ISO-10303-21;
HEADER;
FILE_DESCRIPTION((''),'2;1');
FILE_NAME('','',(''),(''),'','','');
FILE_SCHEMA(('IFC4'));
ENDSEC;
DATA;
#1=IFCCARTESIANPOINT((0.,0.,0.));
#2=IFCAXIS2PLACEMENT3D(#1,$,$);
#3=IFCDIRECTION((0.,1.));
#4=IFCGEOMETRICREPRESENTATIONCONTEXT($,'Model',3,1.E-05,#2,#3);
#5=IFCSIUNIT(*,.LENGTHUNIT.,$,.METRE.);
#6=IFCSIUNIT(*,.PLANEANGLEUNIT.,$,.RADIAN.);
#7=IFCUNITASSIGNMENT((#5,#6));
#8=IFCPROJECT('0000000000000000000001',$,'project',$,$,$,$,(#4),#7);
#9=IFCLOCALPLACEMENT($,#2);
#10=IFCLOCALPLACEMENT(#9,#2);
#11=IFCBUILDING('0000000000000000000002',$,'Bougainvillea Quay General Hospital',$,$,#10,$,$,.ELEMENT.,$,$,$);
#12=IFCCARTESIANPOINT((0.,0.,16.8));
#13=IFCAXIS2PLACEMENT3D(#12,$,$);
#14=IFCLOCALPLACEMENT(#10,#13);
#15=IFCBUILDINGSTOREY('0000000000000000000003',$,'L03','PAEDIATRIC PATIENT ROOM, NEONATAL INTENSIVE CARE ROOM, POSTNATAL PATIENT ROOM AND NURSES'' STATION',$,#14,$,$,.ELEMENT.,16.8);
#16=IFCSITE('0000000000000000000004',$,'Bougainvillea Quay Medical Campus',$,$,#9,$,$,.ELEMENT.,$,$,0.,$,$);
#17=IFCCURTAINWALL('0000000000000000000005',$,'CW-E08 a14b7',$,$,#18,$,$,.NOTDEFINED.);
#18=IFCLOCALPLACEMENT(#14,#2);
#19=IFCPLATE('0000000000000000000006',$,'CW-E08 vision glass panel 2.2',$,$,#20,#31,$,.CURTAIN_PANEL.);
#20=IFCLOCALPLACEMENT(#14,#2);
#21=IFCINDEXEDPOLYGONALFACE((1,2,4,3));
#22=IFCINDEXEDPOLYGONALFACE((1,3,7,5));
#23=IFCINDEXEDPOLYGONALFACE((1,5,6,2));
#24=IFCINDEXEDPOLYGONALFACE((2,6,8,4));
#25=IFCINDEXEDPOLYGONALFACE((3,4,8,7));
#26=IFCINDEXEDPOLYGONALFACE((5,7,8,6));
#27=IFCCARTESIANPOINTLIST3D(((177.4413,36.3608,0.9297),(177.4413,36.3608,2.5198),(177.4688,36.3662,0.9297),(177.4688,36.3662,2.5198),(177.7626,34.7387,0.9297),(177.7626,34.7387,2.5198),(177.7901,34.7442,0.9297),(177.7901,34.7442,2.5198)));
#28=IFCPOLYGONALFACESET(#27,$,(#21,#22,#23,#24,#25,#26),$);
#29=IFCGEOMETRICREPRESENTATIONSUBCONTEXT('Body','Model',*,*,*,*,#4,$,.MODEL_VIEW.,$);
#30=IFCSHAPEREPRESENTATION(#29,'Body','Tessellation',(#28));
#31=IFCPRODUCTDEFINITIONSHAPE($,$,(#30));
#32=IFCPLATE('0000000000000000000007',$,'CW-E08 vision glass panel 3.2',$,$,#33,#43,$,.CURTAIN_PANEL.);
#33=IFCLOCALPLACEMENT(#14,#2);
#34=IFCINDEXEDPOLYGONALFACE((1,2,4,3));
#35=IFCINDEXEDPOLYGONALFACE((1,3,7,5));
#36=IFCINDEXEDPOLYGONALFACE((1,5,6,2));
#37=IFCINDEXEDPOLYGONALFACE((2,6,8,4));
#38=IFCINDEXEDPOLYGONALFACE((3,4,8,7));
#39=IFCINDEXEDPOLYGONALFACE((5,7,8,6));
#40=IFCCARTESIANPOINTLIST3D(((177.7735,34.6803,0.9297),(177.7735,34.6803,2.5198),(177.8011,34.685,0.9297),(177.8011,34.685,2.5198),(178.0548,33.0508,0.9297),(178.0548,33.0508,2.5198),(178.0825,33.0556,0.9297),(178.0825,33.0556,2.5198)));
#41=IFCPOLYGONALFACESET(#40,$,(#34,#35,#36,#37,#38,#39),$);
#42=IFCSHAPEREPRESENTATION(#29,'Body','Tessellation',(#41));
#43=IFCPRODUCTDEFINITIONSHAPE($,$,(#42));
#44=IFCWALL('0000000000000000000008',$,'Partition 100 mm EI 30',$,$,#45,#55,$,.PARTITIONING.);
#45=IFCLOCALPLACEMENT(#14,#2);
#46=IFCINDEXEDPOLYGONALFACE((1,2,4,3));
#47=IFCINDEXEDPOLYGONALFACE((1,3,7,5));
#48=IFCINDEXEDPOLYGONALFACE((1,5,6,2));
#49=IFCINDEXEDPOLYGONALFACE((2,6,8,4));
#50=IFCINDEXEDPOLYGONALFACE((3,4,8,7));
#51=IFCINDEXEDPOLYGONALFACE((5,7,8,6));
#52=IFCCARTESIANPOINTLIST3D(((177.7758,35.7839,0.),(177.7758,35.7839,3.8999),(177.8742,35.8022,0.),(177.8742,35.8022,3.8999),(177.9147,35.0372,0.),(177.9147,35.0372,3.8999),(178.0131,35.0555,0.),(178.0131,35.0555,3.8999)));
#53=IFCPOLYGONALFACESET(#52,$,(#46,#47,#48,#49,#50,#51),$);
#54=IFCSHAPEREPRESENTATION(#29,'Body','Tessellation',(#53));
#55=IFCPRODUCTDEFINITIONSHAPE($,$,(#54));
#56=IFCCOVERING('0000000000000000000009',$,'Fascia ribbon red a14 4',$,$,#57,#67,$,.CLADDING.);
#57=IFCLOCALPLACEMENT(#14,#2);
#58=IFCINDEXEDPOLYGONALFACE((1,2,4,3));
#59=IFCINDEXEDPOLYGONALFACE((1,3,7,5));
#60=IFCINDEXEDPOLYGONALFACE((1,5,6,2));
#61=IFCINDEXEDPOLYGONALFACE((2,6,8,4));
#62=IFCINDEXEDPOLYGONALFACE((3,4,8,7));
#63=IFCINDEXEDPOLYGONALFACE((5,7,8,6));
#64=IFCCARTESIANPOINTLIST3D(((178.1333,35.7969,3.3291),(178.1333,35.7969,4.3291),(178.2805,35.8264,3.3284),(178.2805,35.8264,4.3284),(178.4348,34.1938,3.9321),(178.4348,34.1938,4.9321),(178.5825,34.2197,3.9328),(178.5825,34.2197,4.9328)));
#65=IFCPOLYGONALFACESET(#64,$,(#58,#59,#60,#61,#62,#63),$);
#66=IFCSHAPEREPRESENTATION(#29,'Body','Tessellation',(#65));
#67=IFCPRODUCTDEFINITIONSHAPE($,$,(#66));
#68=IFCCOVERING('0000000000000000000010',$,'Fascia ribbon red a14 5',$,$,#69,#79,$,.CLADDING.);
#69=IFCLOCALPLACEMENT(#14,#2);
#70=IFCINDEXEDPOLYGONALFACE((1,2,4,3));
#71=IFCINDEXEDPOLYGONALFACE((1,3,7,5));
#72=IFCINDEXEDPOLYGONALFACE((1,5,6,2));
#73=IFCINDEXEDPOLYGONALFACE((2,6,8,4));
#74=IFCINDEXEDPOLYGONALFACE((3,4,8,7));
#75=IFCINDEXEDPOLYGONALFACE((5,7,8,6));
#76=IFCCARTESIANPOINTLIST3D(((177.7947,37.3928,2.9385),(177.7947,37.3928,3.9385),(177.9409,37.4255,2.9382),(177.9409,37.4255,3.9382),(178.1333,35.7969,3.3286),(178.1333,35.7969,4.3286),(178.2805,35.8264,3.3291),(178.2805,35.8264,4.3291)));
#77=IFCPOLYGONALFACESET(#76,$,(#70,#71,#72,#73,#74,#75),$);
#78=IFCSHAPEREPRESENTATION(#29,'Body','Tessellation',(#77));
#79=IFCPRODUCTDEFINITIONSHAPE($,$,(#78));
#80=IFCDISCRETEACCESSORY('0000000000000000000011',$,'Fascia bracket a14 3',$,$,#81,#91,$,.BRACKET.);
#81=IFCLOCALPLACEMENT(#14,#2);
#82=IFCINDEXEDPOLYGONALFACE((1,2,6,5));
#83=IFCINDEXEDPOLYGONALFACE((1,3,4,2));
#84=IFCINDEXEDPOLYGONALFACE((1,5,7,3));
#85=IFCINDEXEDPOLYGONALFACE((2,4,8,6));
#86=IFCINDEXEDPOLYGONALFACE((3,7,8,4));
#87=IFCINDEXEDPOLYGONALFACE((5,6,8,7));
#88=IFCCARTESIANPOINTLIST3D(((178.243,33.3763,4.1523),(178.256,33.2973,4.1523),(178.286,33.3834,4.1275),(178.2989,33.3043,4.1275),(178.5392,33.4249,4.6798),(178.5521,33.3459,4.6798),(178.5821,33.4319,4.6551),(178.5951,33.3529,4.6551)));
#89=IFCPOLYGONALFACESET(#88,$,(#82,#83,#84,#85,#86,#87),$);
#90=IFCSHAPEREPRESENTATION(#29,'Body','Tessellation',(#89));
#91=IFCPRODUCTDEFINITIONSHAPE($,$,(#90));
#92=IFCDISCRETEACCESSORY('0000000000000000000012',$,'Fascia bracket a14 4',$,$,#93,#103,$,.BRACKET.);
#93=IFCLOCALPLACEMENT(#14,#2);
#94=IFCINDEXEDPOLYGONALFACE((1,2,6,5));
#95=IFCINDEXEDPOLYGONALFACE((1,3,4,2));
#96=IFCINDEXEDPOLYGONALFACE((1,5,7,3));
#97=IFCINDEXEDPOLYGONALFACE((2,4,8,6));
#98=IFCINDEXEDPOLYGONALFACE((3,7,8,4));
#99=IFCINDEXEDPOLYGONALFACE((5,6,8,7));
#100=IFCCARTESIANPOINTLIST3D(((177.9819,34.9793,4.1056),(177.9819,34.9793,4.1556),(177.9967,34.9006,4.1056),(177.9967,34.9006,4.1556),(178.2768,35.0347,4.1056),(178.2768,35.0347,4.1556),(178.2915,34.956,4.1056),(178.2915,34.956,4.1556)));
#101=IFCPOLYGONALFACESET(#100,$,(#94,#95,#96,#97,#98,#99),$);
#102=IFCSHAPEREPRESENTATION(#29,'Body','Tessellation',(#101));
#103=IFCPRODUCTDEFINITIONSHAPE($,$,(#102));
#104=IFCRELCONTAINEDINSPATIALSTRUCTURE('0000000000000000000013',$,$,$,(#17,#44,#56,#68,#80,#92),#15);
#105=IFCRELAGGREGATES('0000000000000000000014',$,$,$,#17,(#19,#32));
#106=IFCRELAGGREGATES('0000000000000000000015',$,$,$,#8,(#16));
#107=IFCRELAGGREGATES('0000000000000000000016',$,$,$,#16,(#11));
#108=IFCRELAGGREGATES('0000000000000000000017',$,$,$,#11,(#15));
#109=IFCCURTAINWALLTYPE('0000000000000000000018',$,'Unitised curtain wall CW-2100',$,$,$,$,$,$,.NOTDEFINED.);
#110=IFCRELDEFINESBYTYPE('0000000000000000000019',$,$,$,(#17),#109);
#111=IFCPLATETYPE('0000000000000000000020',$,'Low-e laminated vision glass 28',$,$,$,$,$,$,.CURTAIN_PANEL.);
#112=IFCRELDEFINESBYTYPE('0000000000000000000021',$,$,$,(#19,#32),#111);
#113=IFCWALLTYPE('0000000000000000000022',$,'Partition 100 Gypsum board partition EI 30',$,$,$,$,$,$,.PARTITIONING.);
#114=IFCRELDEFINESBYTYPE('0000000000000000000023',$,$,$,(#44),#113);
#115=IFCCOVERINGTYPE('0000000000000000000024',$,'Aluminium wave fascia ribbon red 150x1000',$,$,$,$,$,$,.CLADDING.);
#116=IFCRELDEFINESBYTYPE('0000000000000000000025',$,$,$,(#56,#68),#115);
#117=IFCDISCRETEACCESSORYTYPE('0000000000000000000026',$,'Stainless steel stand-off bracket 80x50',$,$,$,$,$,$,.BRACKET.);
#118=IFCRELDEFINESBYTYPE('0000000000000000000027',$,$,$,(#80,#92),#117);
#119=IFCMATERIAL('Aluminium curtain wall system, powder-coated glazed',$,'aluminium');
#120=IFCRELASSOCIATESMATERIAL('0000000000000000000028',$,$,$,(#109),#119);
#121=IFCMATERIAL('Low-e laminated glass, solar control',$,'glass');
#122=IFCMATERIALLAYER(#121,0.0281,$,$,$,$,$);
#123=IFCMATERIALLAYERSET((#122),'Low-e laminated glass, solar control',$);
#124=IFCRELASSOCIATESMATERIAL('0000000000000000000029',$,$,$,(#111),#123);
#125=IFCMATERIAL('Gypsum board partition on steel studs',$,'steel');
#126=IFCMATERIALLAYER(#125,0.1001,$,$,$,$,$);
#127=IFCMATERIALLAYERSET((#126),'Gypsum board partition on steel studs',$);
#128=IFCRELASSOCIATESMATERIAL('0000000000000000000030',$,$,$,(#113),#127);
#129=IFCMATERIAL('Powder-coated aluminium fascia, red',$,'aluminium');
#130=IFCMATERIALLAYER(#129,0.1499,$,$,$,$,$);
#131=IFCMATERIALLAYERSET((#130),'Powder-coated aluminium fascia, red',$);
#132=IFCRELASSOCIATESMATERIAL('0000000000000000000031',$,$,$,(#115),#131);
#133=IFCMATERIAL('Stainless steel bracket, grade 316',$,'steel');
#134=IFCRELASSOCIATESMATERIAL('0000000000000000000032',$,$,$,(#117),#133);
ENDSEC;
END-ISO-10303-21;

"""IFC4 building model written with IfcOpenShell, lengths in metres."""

from ifc_helpers import new_model, si_unit, direction, frame, frame_2d, origin, origin_2d, place, context, subcontext, project, spatial, polyline, rectangle, outline, extrude, material, layer, layer_set, material_profile, profile_set, type_object, element, aggregate, save


model = new_model("IFC4")

# Units and contexts
model_context = context("Model", 3, precision=1e-05, world=origin(), true_north=direction((0.0, 1.0)))
body_context = subcontext(model_context, "Body", "Model", "MODEL_VIEW")
ifc_project = project(units=[si_unit("LENGTHUNIT", "METRE"), si_unit("PLANEANGLEUNIT", "RADIAN")], contexts=[model_context])

# Site, building, storey
site_placement = place(None, origin())
site = spatial("IfcSite", under=ifc_project, at=site_placement, Name="Bougainvillea Quay Medical Campus", CompositionType="ELEMENT", RefElevation=0.0)
building_placement = place(site_placement, origin())
building = spatial("IfcBuilding", under=site, at=building_placement, Name="Bougainvillea Quay General Hospital", CompositionType="ELEMENT")
storey_placement = place(building_placement, frame((0.0, 0.0, 16.8)))
storey = spatial("IfcBuildingStorey", under=building, at=storey_placement, Name="L03", Description="PAEDIATRIC PATIENT ROOM, NEONATAL INTENSIVE CARE ROOM, POSTNATAL PATIENT ROOM AND NURSES' STATION", CompositionType="ELEMENT", Elevation=16.8)

# Curtain wall, plates
ifc_material_1 = material(Name="Aluminium curtain wall system, powder-coated glazed", Category="aluminium")
curtain_wall_type = type_object("IfcCurtainWallType", Name="Unitised curtain wall CW-2100", PredefinedType="NOTDEFINED", material=ifc_material_1)
curtain_wall_placement = place(storey_placement, origin())
curtain_wall = element("IfcCurtainWall", 1, at=curtain_wall_placement, inside=storey, type_object=curtain_wall_type, Name="CW-E08 a14b7", PredefinedType="NOTDEFINED")
ifc_material_2 = material(Name="Low-e laminated glass, solar control", Category="glass")
ifc_layer_1 = layer(ifc_material_2, 0.0281)
ifc_layer_set_1 = layer_set([ifc_layer_1], Name="Low-e laminated glass, solar control")
plate_type_1 = type_object("IfcPlateType", Name="Low-e laminated vision glass 28", PredefinedType="CURTAIN_PANEL", material=ifc_layer_set_1)
plate_1_placement = place(storey_placement, frame((177.6157, 35.5525, 0.9297), z_axis=(0.0, 0.0, 1.0), x_axis=(0.194314, -0.980939, 0.0)))
plate_1 = element("IfcPlate", 2, at=plate_1_placement, type_object=plate_type_1, Name="CW-E08 vision glass panel 2.2", PredefinedType="CURTAIN_PANEL", context=body_context, shape_type="SweptSolid", body=[
    extrude(rectangle(XDim=1.6536, YDim=0.0281, at=origin_2d()), origin(), (0.0, 0.0, 1.0), 1.5901),
])
plate_2_placement = place(storey_placement, frame((177.928, 33.8679, 0.9297), z_axis=(0.0, 0.0, 1.0), x_axis=(0.17016, -0.985416, 0.0)))
plate_2 = element("IfcPlate", 3, at=plate_2_placement, type_object=plate_type_1, Name="CW-E08 vision glass panel 3.2", PredefinedType="CURTAIN_PANEL", context=body_context, shape_type="SweptSolid", body=[
    extrude(rectangle(XDim=1.6536, YDim=0.0281, at=origin_2d()), origin(), (0.0, 0.0, 1.0), 1.5901),
])
aggregate(curtain_wall, [plate_1, plate_2])

# Wall
ifc_material_3 = material(Name="Gypsum board partition on steel studs", Category="steel")
ifc_layer_2 = layer(ifc_material_3, 0.1001)
ifc_layer_set_2 = layer_set([ifc_layer_2], Name="Gypsum board partition on steel studs")
wall_type = type_object("IfcWallType", Name="Partition 100 Gypsum board partition EI 30", PredefinedType="PARTITIONING", material=ifc_layer_set_2)
wall_placement = place(storey_placement, frame((177.825, 35.7932, 0.0), z_axis=(0.0, 0.0, 1.0), x_axis=(0.182872, -0.983137, 0.0)))
element("IfcWall", 4, at=wall_placement, inside=storey, type_object=wall_type, Name="Partition 100 mm EI 30", PredefinedType="PARTITIONING", context=body_context, shape_type="SweptSolid", body=[
    extrude(rectangle(XDim=0.7595, YDim=0.1001, at=frame_2d((0.3799, 0.0))), origin(), (0.0, 0.0, 1.0), 3.8999),
])

# Coverings
ifc_material_4 = material(Name="Powder-coated aluminium fascia, red", Category="aluminium")
ifc_layer_3 = layer(ifc_material_4, 0.1499)
ifc_layer_set_3 = layer_set([ifc_layer_3], Name="Powder-coated aluminium fascia, red")
covering_type = type_object("IfcCoveringType", Name="Aluminium wave fascia ribbon red 150x1000", PredefinedType="CLADDING", material=ifc_layer_set_3)
covering_1_placement = place(storey_placement, frame((178.4348, 34.1938, 3.9321), z_axis=(-0.064045, 0.34082, 0.937945), x_axis=(-0.173378, 0.921781, -0.346785)))
element("IfcCovering", 5, at=covering_1_placement, inside=storey, type_object=covering_type, Name="Fascia ribbon red a14 4", PredefinedType="CLADDING", context=body_context, shape_type="SweptSolid", body=[
    extrude(outline(polyline([(0.0, 0.0), (1.739, 0.0), (1.741, -0.1501), (-0.002, -0.1499), (0.0, 0.0)])), origin(), (-0.346785, 0.000055, 0.937945), 1.0),
])
covering_2_placement = place(storey_placement, frame((178.1333, 35.7969, 3.3286), z_axis=(-0.049036, 0.22733, 0.972582), x_axis=(-0.201866, 0.951403, -0.232557)))
element("IfcCovering", 6, at=covering_2_placement, inside=storey, type_object=covering_type, Name="Fascia ribbon red a14 5", PredefinedType="CLADDING", context=body_context, shape_type="SweptSolid", body=[
    extrude(outline(polyline([(0.0, 0.0), (1.6775, 0.0), (1.6791, -0.1498), (-0.0017, -0.1501), (0.0, 0.0)])), origin(), (-0.232557, -0.000763, 0.972582), 1.0),
])

# Discrete accessories
ifc_material_5 = material(Name="Stainless steel bracket, grade 316", Category="steel")
ifc_material_profile_1 = material_profile(ifc_material_5, rectangle(XDim=0.0801, YDim=0.05, at=origin_2d()))
ifc_profile_set_1 = profile_set([ifc_material_profile_1], Name="Stainless steel bracket, grade 316")
discrete_accessory_type = type_object("IfcDiscreteAccessoryType", Name="Stainless steel stand-off bracket 80x50", PredefinedType="BRACKET", material=ifc_profile_set_1)
discrete_accessory_1_placement = place(storey_placement, frame((178.271, 33.3403, 4.1399), z_axis=(0.487905, 0.080044, 0.869219), x_axis=(-0.161892, 0.986808, 0.0)))
element("IfcDiscreteAccessory", 7, at=discrete_accessory_1_placement, inside=storey, type_object=discrete_accessory_type, Name="Fascia bracket a14 3", PredefinedType="BRACKET", context=body_context, shape_type="SweptSolid", body=[
    extrude(rectangle(XDim=0.0801, YDim=0.05, at=origin_2d()), origin(), (0.0, 0.0, 1.0), 0.6069),
])
discrete_accessory_2_placement = place(storey_placement, frame((177.9893, 34.9399, 4.1306), z_axis=(0.982798, 0.184681, 0.0), x_axis=(-0.184681, 0.982798, 0.0)))
element("IfcDiscreteAccessory", 8, at=discrete_accessory_2_placement, inside=storey, type_object=discrete_accessory_type, Name="Fascia bracket a14 4", PredefinedType="BRACKET", context=body_context, shape_type="SweptSolid", body=[
    extrude(rectangle(XDim=0.0801, YDim=0.05, at=origin_2d()), origin(), (0.0, 0.0, 1.0), 0.3),
])

save(model, "model.ifc")
